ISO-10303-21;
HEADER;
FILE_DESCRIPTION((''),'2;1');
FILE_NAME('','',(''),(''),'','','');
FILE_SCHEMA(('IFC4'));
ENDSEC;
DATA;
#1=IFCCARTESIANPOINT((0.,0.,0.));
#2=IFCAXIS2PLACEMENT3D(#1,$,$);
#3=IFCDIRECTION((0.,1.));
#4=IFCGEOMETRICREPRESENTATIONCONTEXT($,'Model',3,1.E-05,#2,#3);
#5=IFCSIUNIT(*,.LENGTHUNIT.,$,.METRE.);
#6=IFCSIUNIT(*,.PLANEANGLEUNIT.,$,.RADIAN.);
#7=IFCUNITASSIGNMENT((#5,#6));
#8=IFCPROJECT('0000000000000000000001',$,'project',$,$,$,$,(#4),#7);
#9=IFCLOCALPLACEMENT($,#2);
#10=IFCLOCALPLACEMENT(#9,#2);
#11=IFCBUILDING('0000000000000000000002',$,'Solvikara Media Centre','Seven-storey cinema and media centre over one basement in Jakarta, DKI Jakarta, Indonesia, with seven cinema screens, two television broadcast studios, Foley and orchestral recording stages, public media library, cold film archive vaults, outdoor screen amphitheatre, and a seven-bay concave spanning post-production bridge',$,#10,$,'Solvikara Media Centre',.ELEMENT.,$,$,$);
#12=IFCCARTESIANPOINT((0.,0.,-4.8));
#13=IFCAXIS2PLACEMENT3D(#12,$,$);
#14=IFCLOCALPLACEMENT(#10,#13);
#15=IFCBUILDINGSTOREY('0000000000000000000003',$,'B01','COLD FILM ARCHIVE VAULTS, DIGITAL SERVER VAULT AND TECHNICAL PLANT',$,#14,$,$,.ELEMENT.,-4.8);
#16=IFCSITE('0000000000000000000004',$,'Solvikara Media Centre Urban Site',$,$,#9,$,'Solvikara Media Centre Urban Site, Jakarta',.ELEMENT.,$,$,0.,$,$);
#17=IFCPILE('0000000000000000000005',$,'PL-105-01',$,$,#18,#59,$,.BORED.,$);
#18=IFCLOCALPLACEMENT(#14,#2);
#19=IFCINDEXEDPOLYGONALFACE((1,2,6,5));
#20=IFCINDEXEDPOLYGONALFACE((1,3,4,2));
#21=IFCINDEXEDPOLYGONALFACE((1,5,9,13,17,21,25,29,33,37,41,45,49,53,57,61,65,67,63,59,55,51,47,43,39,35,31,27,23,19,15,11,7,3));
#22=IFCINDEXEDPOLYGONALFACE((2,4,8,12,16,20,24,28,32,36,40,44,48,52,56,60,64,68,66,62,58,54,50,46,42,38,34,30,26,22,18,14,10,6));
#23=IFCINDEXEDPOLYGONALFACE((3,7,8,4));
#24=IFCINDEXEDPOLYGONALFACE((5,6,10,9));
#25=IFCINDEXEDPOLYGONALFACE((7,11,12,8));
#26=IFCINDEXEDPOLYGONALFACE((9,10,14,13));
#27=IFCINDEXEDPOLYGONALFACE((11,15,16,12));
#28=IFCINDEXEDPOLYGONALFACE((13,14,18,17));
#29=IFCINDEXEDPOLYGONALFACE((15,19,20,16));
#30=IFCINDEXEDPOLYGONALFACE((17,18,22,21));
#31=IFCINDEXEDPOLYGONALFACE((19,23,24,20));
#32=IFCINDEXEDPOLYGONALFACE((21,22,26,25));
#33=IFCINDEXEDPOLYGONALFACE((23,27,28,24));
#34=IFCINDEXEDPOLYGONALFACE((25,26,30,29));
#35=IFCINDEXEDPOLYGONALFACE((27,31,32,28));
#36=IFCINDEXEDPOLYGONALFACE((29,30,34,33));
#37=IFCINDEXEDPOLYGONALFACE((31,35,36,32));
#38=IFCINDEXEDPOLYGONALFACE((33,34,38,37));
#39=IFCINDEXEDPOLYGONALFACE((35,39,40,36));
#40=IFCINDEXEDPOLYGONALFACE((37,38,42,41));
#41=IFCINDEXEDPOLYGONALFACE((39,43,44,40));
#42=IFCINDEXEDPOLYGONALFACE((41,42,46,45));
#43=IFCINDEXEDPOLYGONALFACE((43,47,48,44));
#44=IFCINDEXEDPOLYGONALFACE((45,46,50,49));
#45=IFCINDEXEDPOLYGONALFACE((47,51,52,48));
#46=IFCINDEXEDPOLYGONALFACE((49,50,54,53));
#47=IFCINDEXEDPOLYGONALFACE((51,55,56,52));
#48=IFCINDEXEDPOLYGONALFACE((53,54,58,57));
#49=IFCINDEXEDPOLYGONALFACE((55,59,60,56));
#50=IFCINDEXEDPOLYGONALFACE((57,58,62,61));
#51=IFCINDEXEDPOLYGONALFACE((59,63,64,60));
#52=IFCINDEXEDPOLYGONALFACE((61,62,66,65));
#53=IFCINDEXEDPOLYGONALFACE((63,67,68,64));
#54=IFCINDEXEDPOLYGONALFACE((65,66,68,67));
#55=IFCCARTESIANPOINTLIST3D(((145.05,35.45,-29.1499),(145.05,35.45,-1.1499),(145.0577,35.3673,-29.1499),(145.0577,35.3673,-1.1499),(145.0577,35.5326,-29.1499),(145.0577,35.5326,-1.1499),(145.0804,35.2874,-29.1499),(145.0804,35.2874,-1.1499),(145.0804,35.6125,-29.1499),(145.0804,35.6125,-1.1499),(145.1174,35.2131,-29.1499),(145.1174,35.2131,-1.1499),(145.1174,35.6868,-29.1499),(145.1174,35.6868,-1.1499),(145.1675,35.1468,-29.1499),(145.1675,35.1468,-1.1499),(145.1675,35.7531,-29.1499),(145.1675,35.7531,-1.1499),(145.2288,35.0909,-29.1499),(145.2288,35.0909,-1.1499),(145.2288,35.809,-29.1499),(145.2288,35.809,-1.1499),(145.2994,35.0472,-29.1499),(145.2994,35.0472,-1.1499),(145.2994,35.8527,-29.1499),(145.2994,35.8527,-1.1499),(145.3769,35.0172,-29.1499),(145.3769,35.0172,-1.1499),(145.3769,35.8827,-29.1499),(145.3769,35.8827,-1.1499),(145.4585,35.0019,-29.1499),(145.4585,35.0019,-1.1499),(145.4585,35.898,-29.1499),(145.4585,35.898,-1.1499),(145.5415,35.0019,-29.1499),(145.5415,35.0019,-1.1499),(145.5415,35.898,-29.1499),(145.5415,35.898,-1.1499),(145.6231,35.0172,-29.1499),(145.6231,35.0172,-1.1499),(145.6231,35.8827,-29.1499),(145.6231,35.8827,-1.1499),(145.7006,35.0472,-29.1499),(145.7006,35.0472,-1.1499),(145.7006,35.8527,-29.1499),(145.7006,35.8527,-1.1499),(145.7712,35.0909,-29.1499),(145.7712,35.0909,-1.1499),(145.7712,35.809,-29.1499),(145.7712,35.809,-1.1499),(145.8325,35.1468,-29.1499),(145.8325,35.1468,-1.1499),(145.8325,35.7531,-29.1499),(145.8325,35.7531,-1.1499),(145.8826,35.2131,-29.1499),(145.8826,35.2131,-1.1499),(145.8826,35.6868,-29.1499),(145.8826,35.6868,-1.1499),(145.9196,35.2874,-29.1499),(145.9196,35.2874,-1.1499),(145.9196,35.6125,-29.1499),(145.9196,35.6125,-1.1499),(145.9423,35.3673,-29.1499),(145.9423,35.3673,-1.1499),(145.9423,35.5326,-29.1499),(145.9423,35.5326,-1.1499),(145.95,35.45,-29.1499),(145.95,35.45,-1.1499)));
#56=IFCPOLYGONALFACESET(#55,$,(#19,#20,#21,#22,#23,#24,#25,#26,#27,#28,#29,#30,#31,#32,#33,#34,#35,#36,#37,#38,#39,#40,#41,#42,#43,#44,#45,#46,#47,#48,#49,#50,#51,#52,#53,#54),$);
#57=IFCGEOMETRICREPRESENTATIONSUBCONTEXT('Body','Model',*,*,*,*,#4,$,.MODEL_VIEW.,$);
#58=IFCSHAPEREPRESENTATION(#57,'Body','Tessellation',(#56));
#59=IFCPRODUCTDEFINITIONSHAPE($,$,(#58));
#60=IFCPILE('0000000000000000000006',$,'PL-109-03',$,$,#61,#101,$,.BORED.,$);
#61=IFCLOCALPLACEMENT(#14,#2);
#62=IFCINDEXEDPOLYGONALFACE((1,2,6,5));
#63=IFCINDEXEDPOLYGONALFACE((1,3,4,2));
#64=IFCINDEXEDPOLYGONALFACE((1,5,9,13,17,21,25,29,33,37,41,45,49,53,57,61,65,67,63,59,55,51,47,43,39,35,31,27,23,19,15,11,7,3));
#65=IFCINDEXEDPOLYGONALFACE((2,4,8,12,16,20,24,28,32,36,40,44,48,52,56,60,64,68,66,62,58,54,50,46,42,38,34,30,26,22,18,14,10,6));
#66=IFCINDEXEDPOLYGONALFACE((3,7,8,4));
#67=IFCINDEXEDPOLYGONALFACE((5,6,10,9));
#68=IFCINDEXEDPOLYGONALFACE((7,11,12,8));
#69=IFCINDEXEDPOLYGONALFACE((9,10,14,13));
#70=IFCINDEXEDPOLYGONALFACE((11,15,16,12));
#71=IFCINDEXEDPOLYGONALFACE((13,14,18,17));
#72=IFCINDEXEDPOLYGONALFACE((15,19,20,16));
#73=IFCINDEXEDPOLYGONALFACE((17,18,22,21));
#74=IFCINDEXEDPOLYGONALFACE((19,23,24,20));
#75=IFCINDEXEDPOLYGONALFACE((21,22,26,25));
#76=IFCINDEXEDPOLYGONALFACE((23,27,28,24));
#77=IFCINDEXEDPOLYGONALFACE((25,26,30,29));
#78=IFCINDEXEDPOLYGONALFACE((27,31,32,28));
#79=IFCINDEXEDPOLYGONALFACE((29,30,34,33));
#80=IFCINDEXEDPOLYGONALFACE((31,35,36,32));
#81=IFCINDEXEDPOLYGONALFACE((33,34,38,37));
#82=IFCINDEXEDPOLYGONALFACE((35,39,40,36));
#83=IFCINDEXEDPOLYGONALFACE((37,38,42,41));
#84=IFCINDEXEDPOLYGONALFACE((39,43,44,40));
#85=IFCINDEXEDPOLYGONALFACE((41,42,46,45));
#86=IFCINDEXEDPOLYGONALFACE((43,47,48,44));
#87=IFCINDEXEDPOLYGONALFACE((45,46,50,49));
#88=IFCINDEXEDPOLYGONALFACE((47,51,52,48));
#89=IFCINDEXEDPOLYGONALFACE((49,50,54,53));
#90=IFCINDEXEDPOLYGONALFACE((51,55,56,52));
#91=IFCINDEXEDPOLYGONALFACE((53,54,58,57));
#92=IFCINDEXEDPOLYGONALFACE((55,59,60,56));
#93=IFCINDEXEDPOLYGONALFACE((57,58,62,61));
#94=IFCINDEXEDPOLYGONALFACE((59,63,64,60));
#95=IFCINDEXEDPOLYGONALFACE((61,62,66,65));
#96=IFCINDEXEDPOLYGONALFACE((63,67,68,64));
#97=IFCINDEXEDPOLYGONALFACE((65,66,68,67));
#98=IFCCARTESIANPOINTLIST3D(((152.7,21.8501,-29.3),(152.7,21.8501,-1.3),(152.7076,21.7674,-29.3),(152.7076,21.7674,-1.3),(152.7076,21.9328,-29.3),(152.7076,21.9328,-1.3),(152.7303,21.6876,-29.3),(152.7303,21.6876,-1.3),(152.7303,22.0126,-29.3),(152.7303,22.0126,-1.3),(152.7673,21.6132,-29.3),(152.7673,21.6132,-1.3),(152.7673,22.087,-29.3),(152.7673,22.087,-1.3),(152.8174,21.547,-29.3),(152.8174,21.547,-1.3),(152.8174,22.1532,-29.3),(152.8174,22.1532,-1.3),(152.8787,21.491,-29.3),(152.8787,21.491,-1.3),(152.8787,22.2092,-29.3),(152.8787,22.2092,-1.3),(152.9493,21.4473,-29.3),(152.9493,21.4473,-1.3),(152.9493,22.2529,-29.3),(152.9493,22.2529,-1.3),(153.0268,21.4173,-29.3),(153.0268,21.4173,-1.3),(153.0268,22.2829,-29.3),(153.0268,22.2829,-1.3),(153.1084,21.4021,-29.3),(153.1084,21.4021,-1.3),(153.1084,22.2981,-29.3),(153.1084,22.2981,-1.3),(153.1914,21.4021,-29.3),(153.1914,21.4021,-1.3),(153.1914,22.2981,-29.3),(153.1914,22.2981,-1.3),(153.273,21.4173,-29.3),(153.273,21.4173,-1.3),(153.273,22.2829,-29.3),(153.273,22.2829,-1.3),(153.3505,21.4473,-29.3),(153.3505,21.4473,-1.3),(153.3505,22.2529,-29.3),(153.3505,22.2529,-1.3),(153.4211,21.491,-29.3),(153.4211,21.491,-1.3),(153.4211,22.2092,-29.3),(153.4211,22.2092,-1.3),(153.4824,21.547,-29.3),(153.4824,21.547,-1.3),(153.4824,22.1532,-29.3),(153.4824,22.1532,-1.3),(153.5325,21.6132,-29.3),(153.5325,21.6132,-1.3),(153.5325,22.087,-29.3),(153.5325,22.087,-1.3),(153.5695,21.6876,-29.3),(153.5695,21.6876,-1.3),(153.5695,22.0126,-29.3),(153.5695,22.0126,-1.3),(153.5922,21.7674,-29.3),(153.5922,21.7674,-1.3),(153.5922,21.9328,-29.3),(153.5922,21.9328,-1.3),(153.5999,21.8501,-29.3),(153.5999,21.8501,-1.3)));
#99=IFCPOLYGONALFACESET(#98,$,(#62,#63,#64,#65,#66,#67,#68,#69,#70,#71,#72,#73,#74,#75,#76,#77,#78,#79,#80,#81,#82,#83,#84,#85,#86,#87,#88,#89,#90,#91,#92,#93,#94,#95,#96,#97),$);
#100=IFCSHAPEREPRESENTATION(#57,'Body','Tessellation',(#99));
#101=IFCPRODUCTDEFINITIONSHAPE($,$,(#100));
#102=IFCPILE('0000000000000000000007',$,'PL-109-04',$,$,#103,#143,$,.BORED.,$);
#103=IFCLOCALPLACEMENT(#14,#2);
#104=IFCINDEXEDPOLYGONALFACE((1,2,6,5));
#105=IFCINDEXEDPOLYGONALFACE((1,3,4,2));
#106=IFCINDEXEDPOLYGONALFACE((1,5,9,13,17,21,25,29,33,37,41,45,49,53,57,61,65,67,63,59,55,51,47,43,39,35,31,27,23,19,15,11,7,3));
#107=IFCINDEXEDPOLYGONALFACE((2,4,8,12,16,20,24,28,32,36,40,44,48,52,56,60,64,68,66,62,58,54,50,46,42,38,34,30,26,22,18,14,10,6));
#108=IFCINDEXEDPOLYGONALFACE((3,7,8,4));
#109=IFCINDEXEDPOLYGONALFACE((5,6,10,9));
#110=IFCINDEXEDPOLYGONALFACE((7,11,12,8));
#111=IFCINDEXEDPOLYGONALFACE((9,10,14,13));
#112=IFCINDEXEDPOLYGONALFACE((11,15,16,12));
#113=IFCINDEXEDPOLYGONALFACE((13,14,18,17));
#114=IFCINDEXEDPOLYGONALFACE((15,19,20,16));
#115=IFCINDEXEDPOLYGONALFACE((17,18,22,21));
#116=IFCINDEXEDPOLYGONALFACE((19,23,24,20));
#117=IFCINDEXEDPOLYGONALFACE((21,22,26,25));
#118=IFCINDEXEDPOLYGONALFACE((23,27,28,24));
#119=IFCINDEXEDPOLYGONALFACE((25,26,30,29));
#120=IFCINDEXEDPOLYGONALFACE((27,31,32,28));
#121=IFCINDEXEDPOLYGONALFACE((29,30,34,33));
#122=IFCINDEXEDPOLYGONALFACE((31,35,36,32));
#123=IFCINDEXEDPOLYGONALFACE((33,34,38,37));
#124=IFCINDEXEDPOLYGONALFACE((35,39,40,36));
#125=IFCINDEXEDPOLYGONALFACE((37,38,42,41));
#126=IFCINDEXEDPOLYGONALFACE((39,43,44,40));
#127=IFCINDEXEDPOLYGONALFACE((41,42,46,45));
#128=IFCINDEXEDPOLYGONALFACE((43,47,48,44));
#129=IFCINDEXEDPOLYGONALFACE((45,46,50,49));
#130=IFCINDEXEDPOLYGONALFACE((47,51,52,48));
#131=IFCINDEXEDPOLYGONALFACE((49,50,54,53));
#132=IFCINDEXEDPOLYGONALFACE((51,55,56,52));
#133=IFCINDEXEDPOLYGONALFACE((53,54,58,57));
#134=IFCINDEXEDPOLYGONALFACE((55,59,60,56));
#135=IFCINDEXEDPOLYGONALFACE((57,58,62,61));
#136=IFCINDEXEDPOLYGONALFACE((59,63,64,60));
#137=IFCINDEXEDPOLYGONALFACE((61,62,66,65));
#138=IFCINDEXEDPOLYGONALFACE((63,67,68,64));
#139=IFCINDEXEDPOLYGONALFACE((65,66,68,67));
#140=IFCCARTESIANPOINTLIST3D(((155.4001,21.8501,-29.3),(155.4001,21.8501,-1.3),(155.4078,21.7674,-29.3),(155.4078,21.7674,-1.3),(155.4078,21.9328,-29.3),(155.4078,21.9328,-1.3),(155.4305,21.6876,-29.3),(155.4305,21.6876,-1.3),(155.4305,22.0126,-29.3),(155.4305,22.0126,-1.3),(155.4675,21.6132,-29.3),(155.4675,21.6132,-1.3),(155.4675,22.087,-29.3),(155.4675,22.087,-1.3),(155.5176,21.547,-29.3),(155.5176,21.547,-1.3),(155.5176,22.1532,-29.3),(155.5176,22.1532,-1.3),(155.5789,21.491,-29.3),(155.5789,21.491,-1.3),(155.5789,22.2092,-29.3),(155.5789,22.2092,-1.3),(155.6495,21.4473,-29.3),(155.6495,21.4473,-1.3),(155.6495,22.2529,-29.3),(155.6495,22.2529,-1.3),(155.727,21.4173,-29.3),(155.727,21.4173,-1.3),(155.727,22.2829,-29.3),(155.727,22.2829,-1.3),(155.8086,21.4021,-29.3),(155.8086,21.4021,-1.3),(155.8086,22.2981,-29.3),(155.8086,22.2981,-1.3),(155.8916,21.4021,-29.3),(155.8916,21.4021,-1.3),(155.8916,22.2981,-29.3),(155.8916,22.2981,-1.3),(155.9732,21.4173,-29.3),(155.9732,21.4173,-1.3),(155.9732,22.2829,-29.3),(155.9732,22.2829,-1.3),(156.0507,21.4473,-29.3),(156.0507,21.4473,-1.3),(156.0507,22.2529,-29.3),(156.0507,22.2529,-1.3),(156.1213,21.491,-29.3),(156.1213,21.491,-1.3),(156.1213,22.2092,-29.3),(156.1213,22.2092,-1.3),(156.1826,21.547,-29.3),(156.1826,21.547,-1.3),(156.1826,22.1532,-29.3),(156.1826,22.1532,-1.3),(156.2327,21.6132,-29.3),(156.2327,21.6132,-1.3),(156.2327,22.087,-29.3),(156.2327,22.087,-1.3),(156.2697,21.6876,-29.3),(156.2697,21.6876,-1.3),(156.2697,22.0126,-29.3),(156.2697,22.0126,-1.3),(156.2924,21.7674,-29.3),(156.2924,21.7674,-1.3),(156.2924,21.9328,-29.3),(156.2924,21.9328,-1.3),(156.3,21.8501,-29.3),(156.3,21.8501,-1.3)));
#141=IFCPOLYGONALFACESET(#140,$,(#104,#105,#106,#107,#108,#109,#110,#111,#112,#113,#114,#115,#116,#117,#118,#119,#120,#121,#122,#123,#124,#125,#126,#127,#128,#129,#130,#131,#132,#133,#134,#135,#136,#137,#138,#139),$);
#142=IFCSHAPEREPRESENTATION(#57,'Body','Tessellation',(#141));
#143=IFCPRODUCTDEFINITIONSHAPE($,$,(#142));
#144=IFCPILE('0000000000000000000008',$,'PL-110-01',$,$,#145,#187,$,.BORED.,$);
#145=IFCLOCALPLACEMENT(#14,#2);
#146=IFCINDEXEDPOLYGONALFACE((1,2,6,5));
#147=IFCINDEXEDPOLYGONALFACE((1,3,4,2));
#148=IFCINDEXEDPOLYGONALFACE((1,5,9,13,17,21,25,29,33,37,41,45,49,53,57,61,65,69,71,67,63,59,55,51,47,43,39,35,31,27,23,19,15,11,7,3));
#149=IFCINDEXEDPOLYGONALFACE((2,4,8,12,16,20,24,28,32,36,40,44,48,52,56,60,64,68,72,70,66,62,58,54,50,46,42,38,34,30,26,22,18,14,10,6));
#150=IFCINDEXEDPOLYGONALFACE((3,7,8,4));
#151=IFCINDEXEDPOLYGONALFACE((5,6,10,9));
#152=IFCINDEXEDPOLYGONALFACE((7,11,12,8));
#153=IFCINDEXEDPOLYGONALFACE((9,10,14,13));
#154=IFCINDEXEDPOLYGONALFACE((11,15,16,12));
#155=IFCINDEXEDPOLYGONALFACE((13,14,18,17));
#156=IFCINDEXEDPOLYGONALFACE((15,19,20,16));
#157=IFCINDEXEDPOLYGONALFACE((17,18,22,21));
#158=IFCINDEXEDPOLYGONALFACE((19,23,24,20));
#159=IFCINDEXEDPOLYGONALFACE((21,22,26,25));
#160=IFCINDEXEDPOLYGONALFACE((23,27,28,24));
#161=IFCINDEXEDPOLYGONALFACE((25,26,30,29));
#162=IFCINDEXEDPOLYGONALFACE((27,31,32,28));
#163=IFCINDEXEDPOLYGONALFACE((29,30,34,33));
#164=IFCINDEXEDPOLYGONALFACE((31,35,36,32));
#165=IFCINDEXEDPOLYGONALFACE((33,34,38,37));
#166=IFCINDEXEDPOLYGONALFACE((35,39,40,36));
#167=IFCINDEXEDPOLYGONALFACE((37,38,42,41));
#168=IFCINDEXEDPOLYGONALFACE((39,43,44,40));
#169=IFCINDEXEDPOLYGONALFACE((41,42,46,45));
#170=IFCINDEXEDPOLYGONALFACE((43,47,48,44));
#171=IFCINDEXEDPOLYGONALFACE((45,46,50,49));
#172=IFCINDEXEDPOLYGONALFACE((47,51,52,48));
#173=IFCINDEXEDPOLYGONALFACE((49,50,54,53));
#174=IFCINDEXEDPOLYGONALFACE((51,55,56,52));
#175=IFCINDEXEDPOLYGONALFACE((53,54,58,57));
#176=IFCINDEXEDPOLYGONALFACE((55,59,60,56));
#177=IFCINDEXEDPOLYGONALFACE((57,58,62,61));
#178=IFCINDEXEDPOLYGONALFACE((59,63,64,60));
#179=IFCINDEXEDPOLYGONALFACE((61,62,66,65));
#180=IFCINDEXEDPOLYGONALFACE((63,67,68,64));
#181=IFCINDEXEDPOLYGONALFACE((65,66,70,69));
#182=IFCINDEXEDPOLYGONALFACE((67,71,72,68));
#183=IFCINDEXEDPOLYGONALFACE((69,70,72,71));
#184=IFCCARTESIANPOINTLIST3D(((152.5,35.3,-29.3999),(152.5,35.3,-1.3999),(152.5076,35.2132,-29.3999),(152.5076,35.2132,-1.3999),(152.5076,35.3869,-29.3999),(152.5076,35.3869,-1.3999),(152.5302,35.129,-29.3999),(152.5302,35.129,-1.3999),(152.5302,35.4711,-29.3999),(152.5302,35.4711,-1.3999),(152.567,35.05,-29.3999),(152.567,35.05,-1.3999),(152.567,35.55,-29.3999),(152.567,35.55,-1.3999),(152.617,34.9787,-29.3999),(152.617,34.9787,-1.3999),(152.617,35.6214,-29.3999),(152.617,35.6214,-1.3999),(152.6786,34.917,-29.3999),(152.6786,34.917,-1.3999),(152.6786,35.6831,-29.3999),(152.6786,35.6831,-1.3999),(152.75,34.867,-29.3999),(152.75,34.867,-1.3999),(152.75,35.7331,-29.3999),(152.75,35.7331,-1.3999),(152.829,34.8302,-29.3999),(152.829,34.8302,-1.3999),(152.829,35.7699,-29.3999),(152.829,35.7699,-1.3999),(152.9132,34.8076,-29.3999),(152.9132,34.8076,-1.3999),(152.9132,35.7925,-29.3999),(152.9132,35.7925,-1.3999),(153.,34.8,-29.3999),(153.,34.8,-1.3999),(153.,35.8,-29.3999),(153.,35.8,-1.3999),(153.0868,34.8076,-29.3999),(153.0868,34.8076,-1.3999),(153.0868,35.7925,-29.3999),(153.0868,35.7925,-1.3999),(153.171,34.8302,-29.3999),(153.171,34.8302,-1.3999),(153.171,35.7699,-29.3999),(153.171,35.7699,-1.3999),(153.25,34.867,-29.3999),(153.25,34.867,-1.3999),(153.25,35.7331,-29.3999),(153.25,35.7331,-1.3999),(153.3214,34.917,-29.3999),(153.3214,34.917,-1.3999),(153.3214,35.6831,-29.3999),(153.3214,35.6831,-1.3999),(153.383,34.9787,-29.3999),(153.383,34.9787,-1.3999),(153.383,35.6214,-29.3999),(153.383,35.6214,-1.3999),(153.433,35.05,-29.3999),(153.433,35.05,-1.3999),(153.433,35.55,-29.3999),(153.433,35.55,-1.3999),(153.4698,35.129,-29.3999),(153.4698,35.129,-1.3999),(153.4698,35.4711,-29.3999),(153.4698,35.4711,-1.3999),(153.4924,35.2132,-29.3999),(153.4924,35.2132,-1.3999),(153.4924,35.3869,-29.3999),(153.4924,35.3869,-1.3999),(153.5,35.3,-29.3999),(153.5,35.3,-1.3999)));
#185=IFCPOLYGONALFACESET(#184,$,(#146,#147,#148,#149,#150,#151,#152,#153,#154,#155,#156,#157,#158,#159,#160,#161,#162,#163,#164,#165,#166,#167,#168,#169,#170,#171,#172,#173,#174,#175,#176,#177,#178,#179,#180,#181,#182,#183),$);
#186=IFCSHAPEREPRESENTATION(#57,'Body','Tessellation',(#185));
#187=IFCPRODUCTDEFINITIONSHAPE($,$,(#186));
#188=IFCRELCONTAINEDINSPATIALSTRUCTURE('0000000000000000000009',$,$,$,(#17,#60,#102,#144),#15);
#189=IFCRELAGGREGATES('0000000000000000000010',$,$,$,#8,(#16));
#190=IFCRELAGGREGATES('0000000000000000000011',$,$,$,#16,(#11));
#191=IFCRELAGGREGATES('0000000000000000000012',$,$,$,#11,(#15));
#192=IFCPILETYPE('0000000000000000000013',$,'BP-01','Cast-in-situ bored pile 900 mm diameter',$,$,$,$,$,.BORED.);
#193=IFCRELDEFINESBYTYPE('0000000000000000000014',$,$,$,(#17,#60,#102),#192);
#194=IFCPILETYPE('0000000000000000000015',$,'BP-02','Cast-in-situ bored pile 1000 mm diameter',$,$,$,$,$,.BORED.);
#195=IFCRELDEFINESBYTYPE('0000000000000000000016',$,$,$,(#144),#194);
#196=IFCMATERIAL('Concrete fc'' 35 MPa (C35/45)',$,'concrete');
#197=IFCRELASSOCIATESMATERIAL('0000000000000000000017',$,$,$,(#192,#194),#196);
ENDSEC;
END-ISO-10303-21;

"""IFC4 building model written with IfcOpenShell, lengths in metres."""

from ifc_helpers import new_model, si_unit, direction, frame, origin, origin_2d, place, context, subcontext, project, spatial, circle, extrude, material, material_profile, profile_set, type_object, element, save


model = new_model("IFC4")

# Units and contexts
model_context = context("Model", 3, precision=1e-05, world=origin(), true_north=direction((0.0, 1.0)))
body_context = subcontext(model_context, "Body", "Model", "MODEL_VIEW")
ifc_project = project(units=[si_unit("LENGTHUNIT", "METRE"), si_unit("PLANEANGLEUNIT", "RADIAN")], contexts=[model_context])

# Site, building, storey
site_placement = place(None, origin())
site = spatial("IfcSite", under=ifc_project, at=site_placement, Name="Solvikara Media Centre Urban Site", LongName="Solvikara Media Centre Urban Site, Jakarta", CompositionType="ELEMENT", RefElevation=0.0)
building_placement = place(site_placement, origin())
building = spatial("IfcBuilding", under=site, at=building_placement, Name="Solvikara Media Centre", Description="Seven-storey cinema and media centre over one basement in Jakarta, DKI Jakarta, Indonesia, with seven cinema screens, two television broadcast studios, Foley and orchestral recording stages, public media library, cold film archive vaults, outdoor screen amphitheatre, and a seven-bay concave spanning post-production bridge", LongName="Solvikara Media Centre", CompositionType="ELEMENT")
storey_placement = place(building_placement, frame((0.0, 0.0, -4.8)))
storey = spatial("IfcBuildingStorey", under=building, at=storey_placement, Name="B01", Description="COLD FILM ARCHIVE VAULTS, DIGITAL SERVER VAULT AND TECHNICAL PLANT", CompositionType="ELEMENT", Elevation=-4.8)

# Piles
ifc_material_1 = material(Name="Concrete fc' 35 MPa (C35/45)", Category="concrete")
ifc_material_profile_1 = material_profile(ifc_material_1, circle(Radius=0.45, at=origin_2d()), Name="BORED PILE D900")
ifc_profile_set_1 = profile_set([ifc_material_profile_1], Name="Concrete fc' 35 MPa (C35/45)")
pile_type_1 = type_object("IfcPileType", Name="BP-01", Description="Cast-in-situ bored pile 900 mm diameter", PredefinedType="BORED", material=ifc_profile_set_1)
for number, where, z_axis, x_axis, name in (
    (1, (145.5, 35.45, -1.1499), (0.0, 0.0, -1.0), (1.0, 0.0, 0.0), "PL-105-01"),
    (2, (153.1499, 21.8501, -1.3), (0.0, 0.0, -1.0), (1.0, 0.0, 0.0), "PL-109-03"),
    (3, (155.8501, 21.8501, -1.3), (0.0, 0.0, -1.0), (1.0, 0.0, 0.0), "PL-109-04"),
):
    element("IfcPile", number, at=place(storey_placement, frame(where, z_axis=z_axis, x_axis=x_axis)), inside=storey, type_object=pile_type_1, Name=name, PredefinedType="BORED", context=body_context, shape_type="SweptSolid", body=[
        extrude(circle(Radius=0.45, at=origin_2d()), origin(), (0.0, 0.0, 1.0), 28.0),
    ])
ifc_material_profile_2 = material_profile(ifc_material_1, circle(Radius=0.5, at=origin_2d()), Name="BORED PILE D1000")
ifc_profile_set_2 = profile_set([ifc_material_profile_2], Name="Concrete fc' 35 MPa (C35/45)")
pile_type_2 = type_object("IfcPileType", Name="BP-02", Description="Cast-in-situ bored pile 1000 mm diameter", PredefinedType="BORED", material=ifc_profile_set_2)
for number, where, z_axis, x_axis, name in (
    (4, (153.0, 35.3, -1.3999), (0.0, 0.0, -1.0), (1.0, 0.0, 0.0), "PL-110-01"),
):
    element("IfcPile", number, at=place(storey_placement, frame(where, z_axis=z_axis, x_axis=x_axis)), inside=storey, type_object=pile_type_2, Name=name, PredefinedType="BORED", context=body_context, shape_type="SweptSolid", body=[
        extrude(circle(Radius=0.5, at=origin_2d()), origin(), (0.0, 0.0, 1.0), 28.0),
    ])

save(model, "model.ifc")
